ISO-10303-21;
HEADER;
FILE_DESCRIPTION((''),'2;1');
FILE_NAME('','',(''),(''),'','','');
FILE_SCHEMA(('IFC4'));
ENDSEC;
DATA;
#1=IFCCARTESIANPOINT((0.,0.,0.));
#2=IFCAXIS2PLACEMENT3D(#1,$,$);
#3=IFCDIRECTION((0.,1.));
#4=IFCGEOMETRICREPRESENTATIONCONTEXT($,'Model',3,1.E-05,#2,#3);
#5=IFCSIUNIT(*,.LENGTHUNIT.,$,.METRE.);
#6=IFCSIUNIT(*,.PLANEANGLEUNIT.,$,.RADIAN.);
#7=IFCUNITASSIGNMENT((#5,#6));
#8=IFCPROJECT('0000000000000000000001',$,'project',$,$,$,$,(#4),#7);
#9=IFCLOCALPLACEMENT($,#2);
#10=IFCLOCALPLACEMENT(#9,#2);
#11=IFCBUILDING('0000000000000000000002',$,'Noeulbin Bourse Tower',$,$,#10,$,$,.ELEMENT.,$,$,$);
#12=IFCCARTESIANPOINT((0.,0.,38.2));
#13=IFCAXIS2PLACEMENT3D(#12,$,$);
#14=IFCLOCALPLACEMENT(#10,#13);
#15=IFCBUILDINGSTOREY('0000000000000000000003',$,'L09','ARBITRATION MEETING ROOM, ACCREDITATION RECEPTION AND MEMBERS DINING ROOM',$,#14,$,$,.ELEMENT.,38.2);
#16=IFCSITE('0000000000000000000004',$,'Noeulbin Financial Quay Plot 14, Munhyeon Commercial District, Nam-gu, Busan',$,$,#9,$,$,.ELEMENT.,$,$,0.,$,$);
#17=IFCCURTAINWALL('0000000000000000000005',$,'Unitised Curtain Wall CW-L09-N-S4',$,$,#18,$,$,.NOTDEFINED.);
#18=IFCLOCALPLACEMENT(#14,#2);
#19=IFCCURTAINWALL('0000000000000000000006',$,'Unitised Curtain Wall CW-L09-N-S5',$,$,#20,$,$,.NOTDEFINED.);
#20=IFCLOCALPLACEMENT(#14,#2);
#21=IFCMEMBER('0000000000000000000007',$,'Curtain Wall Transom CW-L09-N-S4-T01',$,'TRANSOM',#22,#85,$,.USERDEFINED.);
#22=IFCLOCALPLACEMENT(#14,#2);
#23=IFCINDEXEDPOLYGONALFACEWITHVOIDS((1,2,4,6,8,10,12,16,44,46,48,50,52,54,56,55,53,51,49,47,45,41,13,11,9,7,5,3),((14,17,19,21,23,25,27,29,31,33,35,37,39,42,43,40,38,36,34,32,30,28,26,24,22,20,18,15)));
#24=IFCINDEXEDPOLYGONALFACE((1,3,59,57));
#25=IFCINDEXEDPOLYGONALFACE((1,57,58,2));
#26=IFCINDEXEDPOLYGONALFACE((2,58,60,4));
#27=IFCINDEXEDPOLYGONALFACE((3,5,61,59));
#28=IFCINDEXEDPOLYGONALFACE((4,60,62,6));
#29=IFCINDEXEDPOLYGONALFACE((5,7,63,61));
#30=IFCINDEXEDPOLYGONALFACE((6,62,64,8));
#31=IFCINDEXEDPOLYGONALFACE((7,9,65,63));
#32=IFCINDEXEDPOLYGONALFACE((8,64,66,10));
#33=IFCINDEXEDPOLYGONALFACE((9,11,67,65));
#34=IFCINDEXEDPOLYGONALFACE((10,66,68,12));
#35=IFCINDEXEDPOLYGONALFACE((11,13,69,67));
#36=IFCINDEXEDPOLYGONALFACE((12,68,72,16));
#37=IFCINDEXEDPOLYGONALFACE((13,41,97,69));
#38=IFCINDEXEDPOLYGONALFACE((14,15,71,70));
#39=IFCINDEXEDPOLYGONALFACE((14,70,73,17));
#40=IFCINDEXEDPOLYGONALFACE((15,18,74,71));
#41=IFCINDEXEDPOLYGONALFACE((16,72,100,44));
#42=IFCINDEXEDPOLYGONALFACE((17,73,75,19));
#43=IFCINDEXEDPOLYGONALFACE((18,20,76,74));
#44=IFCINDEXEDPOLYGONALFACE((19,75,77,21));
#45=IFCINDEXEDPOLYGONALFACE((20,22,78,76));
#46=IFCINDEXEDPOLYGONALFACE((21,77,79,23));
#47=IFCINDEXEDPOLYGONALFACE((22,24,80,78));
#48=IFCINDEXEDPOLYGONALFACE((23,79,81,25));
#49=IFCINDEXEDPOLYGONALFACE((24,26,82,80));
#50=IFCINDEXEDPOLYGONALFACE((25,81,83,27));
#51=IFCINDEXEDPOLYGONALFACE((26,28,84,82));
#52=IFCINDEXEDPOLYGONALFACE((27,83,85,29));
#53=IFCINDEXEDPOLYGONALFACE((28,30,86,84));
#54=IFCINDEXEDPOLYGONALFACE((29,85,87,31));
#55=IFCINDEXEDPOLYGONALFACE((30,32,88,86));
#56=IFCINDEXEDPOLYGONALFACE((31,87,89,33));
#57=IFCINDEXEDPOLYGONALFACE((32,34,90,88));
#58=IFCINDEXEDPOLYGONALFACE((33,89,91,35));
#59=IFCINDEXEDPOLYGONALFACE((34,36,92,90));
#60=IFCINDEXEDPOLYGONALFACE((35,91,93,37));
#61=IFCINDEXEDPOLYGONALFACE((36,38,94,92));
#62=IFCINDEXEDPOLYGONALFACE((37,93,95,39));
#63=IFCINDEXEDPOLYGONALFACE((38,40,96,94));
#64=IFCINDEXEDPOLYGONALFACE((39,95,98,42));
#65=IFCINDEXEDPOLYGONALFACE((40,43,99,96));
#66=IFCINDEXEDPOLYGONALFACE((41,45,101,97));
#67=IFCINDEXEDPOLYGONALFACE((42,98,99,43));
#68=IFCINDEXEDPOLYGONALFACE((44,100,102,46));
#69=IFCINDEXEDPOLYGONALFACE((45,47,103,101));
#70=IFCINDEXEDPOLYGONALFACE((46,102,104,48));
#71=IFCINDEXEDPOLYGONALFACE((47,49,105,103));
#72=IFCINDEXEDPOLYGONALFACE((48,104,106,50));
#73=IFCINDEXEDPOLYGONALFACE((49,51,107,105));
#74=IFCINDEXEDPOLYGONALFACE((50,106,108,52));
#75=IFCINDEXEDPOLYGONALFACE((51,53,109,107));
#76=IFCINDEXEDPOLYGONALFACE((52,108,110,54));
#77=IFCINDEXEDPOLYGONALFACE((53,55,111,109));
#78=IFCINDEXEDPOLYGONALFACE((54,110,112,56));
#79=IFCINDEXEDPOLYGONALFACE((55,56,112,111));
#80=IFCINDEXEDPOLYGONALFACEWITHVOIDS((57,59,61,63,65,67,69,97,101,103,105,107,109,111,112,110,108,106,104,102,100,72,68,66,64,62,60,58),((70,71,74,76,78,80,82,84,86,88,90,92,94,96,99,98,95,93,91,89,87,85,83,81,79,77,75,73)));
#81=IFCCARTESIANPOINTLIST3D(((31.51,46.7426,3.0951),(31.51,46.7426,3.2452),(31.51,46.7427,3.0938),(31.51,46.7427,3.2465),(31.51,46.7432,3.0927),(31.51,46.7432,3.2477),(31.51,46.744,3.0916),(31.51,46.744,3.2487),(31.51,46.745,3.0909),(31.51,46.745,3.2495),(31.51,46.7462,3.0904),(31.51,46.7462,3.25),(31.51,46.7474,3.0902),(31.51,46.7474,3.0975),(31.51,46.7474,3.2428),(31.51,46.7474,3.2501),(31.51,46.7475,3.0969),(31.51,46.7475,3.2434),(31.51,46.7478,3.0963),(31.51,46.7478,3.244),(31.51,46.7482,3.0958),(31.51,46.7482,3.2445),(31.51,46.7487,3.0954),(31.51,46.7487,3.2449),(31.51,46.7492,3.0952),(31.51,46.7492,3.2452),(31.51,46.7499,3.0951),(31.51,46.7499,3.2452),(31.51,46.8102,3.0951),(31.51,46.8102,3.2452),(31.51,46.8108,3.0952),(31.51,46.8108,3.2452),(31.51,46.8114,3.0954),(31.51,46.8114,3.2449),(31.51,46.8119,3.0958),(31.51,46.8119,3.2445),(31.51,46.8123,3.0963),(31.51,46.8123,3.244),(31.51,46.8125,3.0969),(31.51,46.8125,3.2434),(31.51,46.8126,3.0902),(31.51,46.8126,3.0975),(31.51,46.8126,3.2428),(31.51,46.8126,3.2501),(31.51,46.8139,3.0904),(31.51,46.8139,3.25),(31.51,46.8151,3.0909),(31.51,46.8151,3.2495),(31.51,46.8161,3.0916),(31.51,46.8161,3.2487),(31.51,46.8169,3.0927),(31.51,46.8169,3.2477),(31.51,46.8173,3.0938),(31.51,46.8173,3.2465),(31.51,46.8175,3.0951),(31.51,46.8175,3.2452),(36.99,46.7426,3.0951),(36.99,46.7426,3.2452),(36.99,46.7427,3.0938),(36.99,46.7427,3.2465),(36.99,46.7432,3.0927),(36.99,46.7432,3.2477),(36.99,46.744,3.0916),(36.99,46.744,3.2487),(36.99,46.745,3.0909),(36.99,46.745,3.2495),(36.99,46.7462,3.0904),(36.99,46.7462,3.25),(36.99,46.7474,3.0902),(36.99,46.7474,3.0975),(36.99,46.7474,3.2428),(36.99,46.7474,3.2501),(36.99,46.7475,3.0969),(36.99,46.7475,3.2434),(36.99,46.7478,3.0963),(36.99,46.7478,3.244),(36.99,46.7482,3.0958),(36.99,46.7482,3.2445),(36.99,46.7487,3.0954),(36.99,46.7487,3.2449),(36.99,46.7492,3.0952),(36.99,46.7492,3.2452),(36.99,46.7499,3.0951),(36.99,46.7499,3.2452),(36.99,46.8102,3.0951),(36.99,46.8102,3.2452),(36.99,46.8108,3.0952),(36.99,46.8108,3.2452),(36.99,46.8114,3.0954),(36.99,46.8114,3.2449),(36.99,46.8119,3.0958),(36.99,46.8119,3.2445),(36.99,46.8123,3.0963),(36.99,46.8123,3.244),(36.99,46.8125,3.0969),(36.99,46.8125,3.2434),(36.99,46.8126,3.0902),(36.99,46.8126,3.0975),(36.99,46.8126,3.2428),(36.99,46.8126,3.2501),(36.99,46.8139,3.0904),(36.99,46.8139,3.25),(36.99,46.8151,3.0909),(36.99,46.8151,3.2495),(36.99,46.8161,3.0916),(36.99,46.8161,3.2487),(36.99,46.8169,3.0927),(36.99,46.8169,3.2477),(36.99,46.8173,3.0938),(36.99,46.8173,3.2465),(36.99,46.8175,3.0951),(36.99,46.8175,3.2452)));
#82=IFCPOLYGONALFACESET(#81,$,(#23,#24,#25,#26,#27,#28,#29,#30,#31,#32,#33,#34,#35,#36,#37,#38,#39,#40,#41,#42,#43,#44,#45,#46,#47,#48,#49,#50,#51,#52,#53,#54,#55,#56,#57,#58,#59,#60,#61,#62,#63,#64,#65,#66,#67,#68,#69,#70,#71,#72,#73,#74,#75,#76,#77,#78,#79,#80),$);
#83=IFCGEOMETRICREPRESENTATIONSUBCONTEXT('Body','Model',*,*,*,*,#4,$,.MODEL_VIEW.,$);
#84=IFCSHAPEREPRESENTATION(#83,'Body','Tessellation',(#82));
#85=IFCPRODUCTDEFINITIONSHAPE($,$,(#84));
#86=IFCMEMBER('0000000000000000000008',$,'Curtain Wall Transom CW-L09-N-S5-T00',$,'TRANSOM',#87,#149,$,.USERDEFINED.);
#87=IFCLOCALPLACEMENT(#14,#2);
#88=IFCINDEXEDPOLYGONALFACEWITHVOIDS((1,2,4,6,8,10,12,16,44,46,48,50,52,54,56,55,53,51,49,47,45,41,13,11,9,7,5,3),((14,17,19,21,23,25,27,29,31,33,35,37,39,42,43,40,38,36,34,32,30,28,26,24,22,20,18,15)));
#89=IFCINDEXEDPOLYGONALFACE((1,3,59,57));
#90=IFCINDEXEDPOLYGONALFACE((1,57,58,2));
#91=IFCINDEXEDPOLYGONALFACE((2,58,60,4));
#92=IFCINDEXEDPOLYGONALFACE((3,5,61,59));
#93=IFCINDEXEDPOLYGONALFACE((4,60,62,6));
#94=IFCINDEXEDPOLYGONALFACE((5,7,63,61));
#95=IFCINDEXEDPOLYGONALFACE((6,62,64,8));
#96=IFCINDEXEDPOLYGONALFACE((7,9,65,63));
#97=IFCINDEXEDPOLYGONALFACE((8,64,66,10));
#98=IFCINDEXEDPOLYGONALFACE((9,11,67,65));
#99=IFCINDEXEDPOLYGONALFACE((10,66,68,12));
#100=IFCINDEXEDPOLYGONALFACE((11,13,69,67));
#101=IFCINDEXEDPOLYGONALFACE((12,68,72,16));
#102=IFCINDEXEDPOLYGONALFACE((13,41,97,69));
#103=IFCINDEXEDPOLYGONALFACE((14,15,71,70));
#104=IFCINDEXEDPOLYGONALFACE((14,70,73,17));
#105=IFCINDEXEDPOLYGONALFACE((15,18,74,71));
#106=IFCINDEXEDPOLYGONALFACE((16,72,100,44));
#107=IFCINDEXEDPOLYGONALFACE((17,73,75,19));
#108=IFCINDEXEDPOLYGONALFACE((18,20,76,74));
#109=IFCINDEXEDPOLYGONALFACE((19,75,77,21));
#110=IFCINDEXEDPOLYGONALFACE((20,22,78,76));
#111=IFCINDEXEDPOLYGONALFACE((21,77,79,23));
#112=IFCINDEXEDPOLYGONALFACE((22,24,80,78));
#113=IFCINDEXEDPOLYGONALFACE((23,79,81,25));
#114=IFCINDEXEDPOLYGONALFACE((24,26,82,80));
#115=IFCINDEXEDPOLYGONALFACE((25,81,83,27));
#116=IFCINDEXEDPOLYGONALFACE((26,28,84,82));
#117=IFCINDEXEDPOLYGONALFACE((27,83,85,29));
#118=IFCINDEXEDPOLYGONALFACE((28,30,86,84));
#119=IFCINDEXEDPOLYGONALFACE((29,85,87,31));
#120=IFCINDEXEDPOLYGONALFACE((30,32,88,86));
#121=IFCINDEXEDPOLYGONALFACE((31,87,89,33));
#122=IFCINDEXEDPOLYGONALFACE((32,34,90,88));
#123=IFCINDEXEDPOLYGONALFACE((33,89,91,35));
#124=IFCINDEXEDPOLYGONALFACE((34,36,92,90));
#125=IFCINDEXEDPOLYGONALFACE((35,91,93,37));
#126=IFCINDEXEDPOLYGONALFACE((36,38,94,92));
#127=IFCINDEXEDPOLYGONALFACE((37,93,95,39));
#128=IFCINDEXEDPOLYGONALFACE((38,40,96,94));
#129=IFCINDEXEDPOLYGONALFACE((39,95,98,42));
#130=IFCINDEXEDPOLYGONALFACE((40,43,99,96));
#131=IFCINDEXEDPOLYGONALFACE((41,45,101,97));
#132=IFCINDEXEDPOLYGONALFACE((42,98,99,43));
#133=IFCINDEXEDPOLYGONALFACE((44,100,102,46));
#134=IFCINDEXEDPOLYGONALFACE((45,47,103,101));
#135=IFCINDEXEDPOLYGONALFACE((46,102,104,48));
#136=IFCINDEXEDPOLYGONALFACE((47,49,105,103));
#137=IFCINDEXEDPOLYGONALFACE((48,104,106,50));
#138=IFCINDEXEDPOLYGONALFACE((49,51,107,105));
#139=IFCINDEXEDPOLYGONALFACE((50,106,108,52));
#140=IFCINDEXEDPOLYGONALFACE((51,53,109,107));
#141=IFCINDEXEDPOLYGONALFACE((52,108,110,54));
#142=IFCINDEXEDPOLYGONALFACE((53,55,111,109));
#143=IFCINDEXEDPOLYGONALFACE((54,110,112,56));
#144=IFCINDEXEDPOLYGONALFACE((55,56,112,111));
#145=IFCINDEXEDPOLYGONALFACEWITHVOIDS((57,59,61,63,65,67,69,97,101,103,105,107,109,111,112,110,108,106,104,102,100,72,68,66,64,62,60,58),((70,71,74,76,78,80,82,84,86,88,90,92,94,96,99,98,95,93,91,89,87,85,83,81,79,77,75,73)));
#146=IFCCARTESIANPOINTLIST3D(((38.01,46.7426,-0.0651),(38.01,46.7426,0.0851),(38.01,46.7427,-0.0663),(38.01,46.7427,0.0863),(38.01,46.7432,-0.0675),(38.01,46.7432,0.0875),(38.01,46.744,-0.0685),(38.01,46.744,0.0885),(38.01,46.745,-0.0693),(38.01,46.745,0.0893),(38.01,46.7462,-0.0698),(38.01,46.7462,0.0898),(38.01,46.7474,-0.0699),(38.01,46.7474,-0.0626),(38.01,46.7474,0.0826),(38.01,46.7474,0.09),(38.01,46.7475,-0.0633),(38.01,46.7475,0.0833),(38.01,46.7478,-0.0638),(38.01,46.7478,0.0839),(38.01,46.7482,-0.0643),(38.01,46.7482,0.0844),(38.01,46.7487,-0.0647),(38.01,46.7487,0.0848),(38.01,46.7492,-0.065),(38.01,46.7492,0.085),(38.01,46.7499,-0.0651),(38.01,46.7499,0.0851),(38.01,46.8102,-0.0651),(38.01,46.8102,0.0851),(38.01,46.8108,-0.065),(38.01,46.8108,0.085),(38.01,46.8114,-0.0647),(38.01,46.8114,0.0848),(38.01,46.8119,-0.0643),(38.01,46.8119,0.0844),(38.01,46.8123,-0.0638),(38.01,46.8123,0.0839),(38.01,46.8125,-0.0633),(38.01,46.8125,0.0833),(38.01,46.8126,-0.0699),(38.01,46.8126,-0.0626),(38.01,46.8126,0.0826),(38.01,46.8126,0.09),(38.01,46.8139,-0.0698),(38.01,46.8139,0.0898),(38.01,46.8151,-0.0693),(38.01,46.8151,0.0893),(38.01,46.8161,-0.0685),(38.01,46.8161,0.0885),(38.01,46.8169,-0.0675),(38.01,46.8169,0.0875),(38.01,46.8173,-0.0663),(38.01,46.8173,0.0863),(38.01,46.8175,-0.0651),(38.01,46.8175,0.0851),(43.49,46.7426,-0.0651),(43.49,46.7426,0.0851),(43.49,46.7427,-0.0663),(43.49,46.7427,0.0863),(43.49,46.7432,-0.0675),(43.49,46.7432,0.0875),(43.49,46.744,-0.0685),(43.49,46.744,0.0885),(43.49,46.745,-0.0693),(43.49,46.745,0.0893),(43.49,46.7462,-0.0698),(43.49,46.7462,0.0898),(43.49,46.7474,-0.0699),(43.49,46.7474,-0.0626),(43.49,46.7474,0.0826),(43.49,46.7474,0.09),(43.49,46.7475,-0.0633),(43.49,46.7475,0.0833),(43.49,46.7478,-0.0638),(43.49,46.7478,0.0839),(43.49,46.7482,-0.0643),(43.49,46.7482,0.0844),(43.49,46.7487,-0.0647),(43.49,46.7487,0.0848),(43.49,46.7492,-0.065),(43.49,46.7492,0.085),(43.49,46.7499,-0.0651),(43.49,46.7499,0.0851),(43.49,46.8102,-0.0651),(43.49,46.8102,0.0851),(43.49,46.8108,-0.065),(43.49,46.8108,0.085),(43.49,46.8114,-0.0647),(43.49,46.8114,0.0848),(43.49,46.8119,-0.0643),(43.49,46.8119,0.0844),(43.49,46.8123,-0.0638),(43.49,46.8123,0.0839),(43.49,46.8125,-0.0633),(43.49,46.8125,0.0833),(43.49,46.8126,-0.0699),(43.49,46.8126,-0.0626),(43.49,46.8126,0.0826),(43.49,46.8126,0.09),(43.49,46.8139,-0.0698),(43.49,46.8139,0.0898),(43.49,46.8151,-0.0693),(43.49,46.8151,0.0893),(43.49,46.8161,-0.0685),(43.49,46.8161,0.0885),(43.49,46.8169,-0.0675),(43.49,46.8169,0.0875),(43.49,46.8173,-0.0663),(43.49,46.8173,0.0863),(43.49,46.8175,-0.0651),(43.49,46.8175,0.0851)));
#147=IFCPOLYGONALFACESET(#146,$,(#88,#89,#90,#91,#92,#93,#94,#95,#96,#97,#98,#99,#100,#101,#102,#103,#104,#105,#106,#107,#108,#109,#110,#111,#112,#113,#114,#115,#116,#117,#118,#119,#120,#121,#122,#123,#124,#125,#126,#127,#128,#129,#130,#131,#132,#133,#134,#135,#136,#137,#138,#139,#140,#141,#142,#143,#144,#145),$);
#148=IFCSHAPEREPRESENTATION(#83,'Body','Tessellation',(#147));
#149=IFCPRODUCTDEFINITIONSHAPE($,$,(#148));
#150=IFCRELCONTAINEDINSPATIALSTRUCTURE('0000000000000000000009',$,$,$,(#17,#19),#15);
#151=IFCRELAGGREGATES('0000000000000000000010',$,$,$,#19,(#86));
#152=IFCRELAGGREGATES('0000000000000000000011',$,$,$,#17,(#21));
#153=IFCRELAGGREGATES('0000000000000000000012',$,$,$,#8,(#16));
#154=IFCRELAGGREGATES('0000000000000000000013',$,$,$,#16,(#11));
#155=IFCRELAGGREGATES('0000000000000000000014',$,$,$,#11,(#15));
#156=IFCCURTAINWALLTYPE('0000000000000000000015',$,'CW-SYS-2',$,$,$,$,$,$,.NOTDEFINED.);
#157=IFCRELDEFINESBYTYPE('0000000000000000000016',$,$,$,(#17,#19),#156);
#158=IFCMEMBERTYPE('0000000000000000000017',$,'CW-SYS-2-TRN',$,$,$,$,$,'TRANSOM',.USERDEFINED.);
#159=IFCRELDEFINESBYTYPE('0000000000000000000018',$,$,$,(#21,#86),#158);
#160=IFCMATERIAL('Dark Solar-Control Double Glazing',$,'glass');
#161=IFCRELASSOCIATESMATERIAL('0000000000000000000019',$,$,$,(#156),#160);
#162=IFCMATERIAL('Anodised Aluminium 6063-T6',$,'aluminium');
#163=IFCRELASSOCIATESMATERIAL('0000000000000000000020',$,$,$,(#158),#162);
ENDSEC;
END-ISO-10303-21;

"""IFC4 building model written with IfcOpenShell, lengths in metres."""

from ifc_helpers import new_model, si_unit, direction, frame, origin, origin_2d, place, context, subcontext, project, spatial, hollow_rectangle, extrude, material, material_profile, profile_set, type_object, element, aggregate, save


model = new_model("IFC4")

# Units and contexts
model_context = context("Model", 3, precision=1e-05, world=origin(), true_north=direction((0.0, 1.0)))
body_context = subcontext(model_context, "Body", "Model", "MODEL_VIEW")
ifc_project = project(units=[si_unit("LENGTHUNIT", "METRE"), si_unit("PLANEANGLEUNIT", "RADIAN")], contexts=[model_context])

# Site, building, storey
site_placement = place(None, origin())
site = spatial("IfcSite", under=ifc_project, at=site_placement, Name="Noeulbin Financial Quay Plot 14, Munhyeon Commercial District, Nam-gu, Busan", CompositionType="ELEMENT", RefElevation=0.0)
building_placement = place(site_placement, origin())
building = spatial("IfcBuilding", under=site, at=building_placement, Name="Noeulbin Bourse Tower", CompositionType="ELEMENT")
storey_placement = place(building_placement, frame((0.0, 0.0, 38.2)))
storey = spatial("IfcBuildingStorey", under=building, at=storey_placement, Name="L09", Description="ARBITRATION MEETING ROOM, ACCREDITATION RECEPTION AND MEMBERS DINING ROOM", CompositionType="ELEMENT", Elevation=38.2)

# Shared definitions
ifc_material_1 = material(Name="Dark Solar-Control Double Glazing", Category="glass")
curtain_wall_type = type_object("IfcCurtainWallType", Name="CW-SYS-2", PredefinedType="NOTDEFINED", material=ifc_material_1)
ifc_material_2 = material(Name="Anodised Aluminium 6063-T6", Category="aluminium")

# Curtain wall
curtain_wall_1_placement = place(storey_placement, origin())
curtain_wall_1 = element("IfcCurtainWall", 1, at=curtain_wall_1_placement, inside=storey, type_object=curtain_wall_type, Name="Unitised Curtain Wall CW-L09-N-S4", PredefinedType="NOTDEFINED")

# Curtain wall
curtain_wall_2_placement = place(storey_placement, origin())
curtain_wall_2 = element("IfcCurtainWall", 2, at=curtain_wall_2_placement, inside=storey, type_object=curtain_wall_type, Name="Unitised Curtain Wall CW-L09-N-S5", PredefinedType="NOTDEFINED")

# Members
ifc_material_profile_1 = material_profile(ifc_material_2, hollow_rectangle(XDim=0.075, YDim=0.1599, WallThickness=0.0049, InnerFilletRadius=0.0024, OuterFilletRadius=0.0049, at=origin_2d()), Name="ALU-TRAN-75x160x5", Category="LoadBearing")
ifc_profile_set_1 = profile_set([ifc_material_profile_1], Name="Anodised Aluminium 6063-T6")
member_type_1 = type_object("IfcMemberType", Name="CW-SYS-2-TRN", ElementType="TRANSOM", PredefinedType="USERDEFINED", material=ifc_profile_set_1)
member_1_placement = place(storey_placement, frame((31.51, 46.78, 3.1702), z_axis=(1.0, 0.0, 0.0), x_axis=(0.0, 1.0, 0.0)))
member_1 = element("IfcMember", 3, at=member_1_placement, type_object=member_type_1, Name="Curtain Wall Transom CW-L09-N-S4-T01", ObjectType="TRANSOM", PredefinedType="USERDEFINED", context=body_context, shape_type="SweptSolid", body=[
    extrude(hollow_rectangle(XDim=0.075, YDim=0.1599, WallThickness=0.0049, InnerFilletRadius=0.0024, OuterFilletRadius=0.0049, at=origin_2d()), origin(), (0.0, 0.0, 1.0), 5.48),
])
member_2_placement = place(storey_placement, frame((38.01, 46.78, 0.01), z_axis=(1.0, 0.0, 0.0), x_axis=(0.0, 1.0, 0.0)))
member_2 = element("IfcMember", 4, at=member_2_placement, type_object=member_type_1, Name="Curtain Wall Transom CW-L09-N-S5-T00", ObjectType="TRANSOM", PredefinedType="USERDEFINED", context=body_context, shape_type="SweptSolid", body=[
    extrude(hollow_rectangle(XDim=0.075, YDim=0.1599, WallThickness=0.0049, InnerFilletRadius=0.0024, OuterFilletRadius=0.0049, at=origin_2d()), origin(), (0.0, 0.0, 1.0), 5.48),
])
aggregate(curtain_wall_2, [member_2])

aggregate(curtain_wall_1, [member_1])

save(model, "model.ifc")
